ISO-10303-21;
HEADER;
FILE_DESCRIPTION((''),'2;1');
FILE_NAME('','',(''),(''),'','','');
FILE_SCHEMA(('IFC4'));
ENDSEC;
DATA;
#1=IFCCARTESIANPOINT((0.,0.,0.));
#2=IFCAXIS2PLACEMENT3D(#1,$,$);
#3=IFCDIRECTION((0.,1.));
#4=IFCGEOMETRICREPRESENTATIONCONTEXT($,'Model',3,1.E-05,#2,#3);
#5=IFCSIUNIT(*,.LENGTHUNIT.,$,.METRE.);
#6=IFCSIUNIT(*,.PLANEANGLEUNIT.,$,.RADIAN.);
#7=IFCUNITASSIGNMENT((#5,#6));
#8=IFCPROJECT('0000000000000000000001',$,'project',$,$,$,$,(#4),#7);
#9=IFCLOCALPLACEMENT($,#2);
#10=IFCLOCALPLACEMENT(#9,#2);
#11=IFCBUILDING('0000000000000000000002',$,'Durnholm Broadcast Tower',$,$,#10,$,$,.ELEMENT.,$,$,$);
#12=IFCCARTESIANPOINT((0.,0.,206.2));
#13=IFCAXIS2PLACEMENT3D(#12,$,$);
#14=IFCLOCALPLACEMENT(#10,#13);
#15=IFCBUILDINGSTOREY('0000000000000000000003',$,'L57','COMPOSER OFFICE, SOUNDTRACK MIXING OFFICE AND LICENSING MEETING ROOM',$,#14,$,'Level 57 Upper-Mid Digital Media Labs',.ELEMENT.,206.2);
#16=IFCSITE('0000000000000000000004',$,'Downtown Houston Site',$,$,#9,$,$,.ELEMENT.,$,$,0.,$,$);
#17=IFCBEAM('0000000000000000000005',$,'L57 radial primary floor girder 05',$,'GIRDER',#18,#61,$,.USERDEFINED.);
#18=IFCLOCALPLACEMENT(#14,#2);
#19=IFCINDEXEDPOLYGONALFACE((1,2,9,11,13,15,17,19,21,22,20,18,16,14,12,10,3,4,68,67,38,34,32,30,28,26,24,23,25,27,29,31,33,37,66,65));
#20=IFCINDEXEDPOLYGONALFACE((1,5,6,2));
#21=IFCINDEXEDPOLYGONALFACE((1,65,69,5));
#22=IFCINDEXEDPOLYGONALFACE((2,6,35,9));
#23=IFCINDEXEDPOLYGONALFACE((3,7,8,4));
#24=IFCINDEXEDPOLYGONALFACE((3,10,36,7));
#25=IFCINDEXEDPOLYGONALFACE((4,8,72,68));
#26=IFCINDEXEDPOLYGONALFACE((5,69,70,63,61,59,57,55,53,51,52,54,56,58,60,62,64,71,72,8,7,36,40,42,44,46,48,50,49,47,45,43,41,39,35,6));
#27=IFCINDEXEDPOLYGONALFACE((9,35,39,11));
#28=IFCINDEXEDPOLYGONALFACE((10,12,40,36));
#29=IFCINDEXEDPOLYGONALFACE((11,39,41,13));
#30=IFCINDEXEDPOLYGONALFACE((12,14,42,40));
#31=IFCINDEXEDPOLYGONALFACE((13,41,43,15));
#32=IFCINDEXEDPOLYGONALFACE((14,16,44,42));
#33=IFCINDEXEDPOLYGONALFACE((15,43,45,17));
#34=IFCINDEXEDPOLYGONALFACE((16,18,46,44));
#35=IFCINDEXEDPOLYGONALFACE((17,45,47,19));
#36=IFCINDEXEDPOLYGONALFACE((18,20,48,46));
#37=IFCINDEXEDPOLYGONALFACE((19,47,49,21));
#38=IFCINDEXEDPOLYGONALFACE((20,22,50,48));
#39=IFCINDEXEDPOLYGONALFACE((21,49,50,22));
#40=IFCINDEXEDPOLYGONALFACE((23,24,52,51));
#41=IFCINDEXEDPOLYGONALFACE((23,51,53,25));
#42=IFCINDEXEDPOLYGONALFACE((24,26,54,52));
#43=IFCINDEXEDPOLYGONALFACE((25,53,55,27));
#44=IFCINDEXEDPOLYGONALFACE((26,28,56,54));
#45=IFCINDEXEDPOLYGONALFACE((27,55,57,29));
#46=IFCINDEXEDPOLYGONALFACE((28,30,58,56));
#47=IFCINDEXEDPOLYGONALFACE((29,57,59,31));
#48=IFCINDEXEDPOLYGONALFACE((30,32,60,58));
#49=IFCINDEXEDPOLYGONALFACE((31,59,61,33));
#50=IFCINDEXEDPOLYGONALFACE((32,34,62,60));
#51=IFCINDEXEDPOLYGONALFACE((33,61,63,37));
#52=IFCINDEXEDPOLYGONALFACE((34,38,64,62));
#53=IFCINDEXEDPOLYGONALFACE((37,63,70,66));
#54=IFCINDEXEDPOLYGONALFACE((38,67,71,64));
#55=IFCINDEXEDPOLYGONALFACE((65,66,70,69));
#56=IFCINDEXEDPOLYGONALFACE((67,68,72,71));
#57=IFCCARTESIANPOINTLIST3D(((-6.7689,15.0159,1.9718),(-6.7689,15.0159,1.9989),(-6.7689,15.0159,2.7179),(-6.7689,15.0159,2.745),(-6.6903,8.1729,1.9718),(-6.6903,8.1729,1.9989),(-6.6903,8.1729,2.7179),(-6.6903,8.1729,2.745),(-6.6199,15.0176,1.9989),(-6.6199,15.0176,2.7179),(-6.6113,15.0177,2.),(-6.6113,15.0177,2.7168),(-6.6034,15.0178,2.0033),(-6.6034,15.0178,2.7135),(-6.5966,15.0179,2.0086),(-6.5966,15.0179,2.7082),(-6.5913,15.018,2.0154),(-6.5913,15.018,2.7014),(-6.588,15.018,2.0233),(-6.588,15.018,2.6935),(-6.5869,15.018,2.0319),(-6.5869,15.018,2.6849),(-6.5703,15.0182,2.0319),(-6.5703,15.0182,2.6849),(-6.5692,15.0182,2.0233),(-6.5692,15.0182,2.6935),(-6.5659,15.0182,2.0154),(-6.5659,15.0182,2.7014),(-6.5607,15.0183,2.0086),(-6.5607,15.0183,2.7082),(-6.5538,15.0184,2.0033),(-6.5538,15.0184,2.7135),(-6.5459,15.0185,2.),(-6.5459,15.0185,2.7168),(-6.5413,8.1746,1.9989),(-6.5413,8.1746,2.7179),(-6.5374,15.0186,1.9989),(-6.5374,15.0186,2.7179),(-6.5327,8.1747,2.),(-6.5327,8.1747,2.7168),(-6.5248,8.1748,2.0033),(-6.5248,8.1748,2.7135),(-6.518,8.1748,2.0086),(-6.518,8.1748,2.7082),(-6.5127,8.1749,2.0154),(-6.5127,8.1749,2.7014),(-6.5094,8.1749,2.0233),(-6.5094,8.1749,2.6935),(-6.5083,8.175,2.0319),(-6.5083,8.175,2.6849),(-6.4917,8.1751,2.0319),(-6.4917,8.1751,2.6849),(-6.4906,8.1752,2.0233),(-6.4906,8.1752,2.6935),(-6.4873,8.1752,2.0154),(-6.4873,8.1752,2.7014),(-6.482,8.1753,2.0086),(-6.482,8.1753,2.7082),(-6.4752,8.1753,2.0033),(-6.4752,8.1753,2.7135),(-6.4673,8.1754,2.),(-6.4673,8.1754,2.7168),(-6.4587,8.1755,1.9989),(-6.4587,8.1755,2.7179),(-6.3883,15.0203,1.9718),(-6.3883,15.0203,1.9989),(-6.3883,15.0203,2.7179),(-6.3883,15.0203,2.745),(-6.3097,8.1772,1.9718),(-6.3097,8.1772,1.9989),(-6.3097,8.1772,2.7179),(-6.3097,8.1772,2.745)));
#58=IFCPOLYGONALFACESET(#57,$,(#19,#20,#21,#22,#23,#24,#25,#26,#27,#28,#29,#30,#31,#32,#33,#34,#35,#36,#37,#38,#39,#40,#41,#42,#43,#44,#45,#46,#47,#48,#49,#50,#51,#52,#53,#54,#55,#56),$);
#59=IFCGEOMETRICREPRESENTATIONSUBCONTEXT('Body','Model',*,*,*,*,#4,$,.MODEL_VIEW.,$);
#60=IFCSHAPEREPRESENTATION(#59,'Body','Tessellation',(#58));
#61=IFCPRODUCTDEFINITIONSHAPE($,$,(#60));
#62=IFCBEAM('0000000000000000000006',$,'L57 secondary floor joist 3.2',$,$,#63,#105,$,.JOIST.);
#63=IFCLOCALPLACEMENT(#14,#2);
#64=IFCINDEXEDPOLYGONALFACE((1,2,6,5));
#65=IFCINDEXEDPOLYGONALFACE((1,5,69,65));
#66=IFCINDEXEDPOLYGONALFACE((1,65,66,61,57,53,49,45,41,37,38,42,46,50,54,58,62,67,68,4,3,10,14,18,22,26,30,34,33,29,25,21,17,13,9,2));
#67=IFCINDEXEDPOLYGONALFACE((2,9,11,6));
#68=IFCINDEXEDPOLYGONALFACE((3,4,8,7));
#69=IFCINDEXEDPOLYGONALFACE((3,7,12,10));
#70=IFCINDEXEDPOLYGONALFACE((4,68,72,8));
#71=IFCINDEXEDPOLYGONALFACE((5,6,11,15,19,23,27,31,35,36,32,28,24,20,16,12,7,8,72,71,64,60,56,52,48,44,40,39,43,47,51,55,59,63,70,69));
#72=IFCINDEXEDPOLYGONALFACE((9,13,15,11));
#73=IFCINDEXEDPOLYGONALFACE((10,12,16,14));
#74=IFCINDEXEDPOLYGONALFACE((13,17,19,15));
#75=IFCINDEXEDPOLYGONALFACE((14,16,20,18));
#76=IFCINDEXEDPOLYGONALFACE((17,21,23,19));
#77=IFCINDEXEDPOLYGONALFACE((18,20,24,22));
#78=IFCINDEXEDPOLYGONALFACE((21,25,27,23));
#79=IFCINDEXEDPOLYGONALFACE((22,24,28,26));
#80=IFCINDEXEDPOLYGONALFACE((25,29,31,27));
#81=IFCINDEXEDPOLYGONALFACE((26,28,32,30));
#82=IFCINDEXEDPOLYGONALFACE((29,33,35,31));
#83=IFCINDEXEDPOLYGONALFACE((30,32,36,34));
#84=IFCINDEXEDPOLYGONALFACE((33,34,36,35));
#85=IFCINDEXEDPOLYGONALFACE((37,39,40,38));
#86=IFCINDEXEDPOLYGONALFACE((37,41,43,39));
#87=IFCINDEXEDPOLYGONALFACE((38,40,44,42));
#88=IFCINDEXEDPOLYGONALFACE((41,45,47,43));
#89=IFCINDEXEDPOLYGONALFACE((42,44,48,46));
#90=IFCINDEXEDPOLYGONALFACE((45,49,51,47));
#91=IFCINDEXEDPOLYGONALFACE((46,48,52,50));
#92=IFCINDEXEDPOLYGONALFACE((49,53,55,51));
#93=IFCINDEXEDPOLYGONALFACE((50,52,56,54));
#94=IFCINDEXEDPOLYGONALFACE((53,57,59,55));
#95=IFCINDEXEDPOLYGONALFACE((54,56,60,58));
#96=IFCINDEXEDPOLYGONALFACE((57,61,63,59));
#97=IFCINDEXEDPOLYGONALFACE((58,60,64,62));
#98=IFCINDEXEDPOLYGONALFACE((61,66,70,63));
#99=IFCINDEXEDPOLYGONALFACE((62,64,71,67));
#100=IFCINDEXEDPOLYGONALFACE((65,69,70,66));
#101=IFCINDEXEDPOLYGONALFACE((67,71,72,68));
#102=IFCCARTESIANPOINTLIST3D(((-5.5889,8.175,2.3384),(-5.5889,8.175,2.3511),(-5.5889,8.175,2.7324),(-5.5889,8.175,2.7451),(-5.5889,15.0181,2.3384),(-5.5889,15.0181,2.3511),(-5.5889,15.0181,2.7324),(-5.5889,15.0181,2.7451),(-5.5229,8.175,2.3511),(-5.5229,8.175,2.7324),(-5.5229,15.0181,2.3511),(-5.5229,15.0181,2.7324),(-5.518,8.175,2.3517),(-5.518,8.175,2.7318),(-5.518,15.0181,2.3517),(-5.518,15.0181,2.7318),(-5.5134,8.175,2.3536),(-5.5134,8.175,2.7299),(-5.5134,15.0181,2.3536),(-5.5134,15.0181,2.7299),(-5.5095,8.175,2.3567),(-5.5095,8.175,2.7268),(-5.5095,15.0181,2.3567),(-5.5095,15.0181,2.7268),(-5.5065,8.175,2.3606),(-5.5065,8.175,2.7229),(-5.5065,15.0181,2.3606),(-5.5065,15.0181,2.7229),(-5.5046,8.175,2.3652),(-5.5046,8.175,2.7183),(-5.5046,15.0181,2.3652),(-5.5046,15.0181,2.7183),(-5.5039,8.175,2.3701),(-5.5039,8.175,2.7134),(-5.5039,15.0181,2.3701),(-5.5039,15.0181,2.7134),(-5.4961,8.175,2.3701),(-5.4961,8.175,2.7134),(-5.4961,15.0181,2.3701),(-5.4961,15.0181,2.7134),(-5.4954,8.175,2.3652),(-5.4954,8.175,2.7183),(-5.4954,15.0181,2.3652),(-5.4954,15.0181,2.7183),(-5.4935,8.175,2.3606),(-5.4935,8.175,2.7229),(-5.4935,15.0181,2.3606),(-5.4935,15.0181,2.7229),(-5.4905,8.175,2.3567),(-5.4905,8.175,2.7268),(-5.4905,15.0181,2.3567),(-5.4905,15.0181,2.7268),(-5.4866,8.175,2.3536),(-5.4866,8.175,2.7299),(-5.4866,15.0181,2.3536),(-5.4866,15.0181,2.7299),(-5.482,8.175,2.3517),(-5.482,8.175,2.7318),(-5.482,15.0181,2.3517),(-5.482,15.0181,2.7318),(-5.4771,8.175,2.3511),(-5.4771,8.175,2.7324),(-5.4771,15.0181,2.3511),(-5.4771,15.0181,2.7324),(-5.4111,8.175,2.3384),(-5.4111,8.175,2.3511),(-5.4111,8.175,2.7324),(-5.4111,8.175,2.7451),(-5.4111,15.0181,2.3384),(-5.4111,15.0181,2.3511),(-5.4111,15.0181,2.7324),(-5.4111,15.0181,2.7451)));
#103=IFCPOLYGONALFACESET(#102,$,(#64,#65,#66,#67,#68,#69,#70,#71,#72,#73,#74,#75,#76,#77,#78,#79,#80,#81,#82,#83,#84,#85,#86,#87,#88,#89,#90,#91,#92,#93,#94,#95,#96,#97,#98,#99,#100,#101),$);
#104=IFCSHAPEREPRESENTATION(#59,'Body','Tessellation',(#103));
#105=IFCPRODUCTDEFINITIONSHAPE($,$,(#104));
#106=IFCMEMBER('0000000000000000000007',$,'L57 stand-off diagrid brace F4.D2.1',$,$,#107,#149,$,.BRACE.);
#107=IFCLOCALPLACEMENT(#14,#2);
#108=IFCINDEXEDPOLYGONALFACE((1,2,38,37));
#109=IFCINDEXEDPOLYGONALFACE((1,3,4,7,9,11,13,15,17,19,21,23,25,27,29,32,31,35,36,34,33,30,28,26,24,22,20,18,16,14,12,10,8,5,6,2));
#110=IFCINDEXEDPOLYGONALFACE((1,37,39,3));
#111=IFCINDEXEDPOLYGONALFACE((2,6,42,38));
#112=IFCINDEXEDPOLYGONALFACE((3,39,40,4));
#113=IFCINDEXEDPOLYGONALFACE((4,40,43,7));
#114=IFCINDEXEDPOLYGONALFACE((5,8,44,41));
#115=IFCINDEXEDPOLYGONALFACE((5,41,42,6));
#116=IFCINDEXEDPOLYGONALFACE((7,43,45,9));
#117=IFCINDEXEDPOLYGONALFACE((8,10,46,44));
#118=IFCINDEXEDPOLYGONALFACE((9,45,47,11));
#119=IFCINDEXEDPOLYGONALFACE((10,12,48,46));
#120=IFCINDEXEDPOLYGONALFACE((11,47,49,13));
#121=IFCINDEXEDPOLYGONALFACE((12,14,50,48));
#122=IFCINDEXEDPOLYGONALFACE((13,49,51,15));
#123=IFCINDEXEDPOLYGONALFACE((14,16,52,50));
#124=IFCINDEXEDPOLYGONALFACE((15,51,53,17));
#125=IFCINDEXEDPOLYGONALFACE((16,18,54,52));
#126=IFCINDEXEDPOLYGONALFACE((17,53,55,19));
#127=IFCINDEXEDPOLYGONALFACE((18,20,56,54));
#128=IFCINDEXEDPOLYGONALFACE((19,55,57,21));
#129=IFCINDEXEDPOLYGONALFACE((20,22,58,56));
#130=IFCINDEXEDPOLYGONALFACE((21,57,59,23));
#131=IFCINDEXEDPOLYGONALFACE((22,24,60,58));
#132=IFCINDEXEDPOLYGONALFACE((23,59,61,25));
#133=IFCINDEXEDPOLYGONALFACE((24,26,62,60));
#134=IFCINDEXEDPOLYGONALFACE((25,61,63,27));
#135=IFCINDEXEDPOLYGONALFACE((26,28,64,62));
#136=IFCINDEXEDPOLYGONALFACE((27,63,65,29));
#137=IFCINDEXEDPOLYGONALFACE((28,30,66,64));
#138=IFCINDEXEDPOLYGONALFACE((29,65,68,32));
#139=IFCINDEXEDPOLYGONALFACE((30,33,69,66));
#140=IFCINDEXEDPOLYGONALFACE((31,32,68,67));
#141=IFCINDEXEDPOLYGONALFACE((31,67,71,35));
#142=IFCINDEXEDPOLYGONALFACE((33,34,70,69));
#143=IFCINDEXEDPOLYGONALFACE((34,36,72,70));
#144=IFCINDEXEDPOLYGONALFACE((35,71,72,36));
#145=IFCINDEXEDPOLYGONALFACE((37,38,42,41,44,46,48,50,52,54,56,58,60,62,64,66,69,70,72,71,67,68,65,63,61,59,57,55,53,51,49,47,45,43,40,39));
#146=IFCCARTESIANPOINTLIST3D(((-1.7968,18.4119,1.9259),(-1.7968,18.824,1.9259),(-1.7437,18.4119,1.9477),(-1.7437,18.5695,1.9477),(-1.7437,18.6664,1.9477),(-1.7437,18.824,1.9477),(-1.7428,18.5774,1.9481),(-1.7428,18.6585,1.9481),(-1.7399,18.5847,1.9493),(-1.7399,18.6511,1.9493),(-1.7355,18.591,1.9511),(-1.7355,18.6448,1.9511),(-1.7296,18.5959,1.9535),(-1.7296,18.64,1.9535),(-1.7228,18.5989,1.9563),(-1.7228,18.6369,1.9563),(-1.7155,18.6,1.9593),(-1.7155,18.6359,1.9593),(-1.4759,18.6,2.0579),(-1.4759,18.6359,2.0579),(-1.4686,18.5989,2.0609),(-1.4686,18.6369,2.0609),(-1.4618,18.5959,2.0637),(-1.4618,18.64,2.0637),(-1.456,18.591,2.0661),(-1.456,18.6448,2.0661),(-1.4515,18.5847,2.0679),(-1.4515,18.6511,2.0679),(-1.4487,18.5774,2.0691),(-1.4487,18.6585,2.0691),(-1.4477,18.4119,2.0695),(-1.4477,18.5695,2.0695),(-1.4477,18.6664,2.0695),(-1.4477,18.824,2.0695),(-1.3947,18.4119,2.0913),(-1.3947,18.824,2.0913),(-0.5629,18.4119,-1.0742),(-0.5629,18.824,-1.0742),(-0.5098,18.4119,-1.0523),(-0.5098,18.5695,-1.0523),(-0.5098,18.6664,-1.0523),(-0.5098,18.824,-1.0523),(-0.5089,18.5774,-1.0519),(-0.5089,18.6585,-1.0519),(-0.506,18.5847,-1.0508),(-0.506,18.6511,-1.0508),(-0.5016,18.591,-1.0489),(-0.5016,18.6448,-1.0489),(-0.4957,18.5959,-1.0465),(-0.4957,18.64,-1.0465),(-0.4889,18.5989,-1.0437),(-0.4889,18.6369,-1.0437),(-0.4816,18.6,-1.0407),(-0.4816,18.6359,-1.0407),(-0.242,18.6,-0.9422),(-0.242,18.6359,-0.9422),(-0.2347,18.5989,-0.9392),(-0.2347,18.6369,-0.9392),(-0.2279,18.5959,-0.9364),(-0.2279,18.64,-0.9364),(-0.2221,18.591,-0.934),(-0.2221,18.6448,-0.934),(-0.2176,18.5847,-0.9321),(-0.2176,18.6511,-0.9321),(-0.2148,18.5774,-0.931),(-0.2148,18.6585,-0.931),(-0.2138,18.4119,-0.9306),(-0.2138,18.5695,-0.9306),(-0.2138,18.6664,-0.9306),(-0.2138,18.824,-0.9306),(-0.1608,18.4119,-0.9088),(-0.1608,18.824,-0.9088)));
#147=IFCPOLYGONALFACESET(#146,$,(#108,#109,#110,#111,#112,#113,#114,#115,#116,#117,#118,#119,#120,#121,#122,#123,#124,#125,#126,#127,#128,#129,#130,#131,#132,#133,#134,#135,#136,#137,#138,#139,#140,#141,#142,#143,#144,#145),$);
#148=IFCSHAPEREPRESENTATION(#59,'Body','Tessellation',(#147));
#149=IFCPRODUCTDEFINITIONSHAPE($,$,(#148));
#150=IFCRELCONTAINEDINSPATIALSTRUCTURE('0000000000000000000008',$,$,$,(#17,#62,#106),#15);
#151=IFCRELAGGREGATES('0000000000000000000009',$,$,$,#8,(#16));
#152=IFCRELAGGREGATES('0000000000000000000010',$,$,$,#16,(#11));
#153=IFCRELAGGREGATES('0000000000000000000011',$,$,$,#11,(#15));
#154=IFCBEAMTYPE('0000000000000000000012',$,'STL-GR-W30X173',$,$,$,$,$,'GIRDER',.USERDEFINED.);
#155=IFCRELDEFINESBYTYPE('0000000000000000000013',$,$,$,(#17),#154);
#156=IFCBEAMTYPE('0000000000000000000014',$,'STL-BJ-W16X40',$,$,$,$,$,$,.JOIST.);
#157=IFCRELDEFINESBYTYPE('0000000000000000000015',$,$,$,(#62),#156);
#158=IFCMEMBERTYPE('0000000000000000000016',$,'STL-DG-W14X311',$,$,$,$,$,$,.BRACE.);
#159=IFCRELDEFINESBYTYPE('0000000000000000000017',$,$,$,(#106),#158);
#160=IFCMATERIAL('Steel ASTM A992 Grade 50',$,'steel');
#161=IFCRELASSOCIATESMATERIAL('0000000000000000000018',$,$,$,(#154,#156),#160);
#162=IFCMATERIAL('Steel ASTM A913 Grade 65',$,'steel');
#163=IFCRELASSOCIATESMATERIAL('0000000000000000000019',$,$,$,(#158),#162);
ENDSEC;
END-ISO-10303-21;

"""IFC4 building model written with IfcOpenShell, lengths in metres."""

from ifc_helpers import new_model, si_unit, direction, frame, origin, origin_2d, place, context, subcontext, project, spatial, i_section, extrude, source, transform, mapped, material, material_profile, profile_set, type_object, type_shapes, element, save


model = new_model("IFC4")

# Units and contexts
model_context = context("Model", 3, precision=1e-05, world=origin(), true_north=direction((0.0, 1.0)))
body_context = subcontext(model_context, "Body", "Model", "MODEL_VIEW")
ifc_project = project(units=[si_unit("LENGTHUNIT", "METRE"), si_unit("PLANEANGLEUNIT", "RADIAN")], contexts=[model_context])

# Site, building, storey
site_placement = place(None, origin())
site = spatial("IfcSite", under=ifc_project, at=site_placement, Name="Downtown Houston Site", CompositionType="ELEMENT", RefElevation=0.0)
building_placement = place(site_placement, origin())
building = spatial("IfcBuilding", under=site, at=building_placement, Name="Durnholm Broadcast Tower", CompositionType="ELEMENT")
storey_placement = place(building_placement, frame((0.0, 0.0, 206.2)))
storey = spatial("IfcBuildingStorey", under=building, at=storey_placement, Name="L57", Description="COMPOSER OFFICE, SOUNDTRACK MIXING OFFICE AND LICENSING MEETING ROOM", LongName="Level 57 Upper-Mid Digital Media Labs", CompositionType="ELEMENT", Elevation=206.2)

# Beams
ifc_material_1 = material(Name="Steel ASTM A992 Grade 50", Category="steel")
ifc_material_profile_1 = material_profile(ifc_material_1, i_section(OverallWidth=0.3806, OverallDepth=0.7732, WebThickness=0.0166, FlangeThickness=0.0271, FilletRadius=0.033, at=origin_2d()), Name="W30X173")
ifc_profile_set_1 = profile_set([ifc_material_profile_1], Name="Steel ASTM A992 Grade 50")
beam_type_1 = type_object("IfcBeamType", Name="STL-GR-W30X173", ElementType="GIRDER", PredefinedType="USERDEFINED", material=ifc_profile_set_1)
shared_shape_1 = source(origin(), body_context, "Body", "SweptSolid", [
    extrude(i_section(OverallWidth=0.3806, OverallDepth=0.7732, WebThickness=0.0166, FlangeThickness=0.0271, FilletRadius=0.033, at=origin_2d()), origin(), (0.0, 0.0, 1.0), 6.8435),
])
beam_1_placement = place(storey_placement, frame((-6.5, 8.175, 2.3584), z_axis=(-0.011487, 0.999934, 0.0), x_axis=(-0.999934, -0.011487, 0.0)))
element("IfcBeam", 1, at=beam_1_placement, inside=storey, type_object=beam_type_1, Name="L57 radial primary floor girder 05", ObjectType="GIRDER", PredefinedType="USERDEFINED", context=body_context, shape_type="MappedRepresentation", body=[
    mapped(shared_shape_1, transform((0.0, 0.0, 0.0), x_axis=(1.0, 0.0, 0.0), y_axis=(0.0, 1.0, 0.0), z_axis=(0.0, 0.0, 1.0), scale=1.0)),
])
ifc_material_profile_2 = material_profile(ifc_material_1, i_section(OverallWidth=0.1777, OverallDepth=0.4067, WebThickness=0.0078, FlangeThickness=0.0127, FilletRadius=0.019, at=origin_2d()), Name="W16X40")
ifc_profile_set_2 = profile_set([ifc_material_profile_2], Name="Steel ASTM A992 Grade 50")
beam_type_2 = type_object("IfcBeamType", Name="STL-BJ-W16X40", PredefinedType="JOIST", material=ifc_profile_set_2)
shared_shape_2 = source(origin(), body_context, "Body", "SweptSolid", [
    extrude(i_section(OverallWidth=0.1777, OverallDepth=0.4067, WebThickness=0.0078, FlangeThickness=0.0127, FilletRadius=0.019, at=origin_2d()), origin(), (0.0, 0.0, 1.0), 6.843),
])
type_shapes(beam_type_2, [shared_shape_2])
beam_2_placement = place(storey_placement, frame((-5.5, 8.175, 2.5417), z_axis=(0.0, 1.0, 0.0), x_axis=(-1.0, 0.0, 0.0)))
element("IfcBeam", 2, at=beam_2_placement, inside=storey, type_object=beam_type_2, Name="L57 secondary floor joist 3.2", PredefinedType="JOIST", context=body_context, shape_type="MappedRepresentation", body=[
    mapped(shared_shape_2, transform((0.0, 0.0, 0.0), x_axis=(1.0, 0.0, 0.0), y_axis=(0.0, 1.0, 0.0), z_axis=(0.0, 0.0, 1.0), scale=1.0)),
])

# Member
ifc_material_2 = material(Name="Steel ASTM A913 Grade 65", Category="steel")
ifc_material_profile_3 = material_profile(ifc_material_2, i_section(OverallWidth=0.4121, OverallDepth=0.4348, WebThickness=0.0359, FlangeThickness=0.0574, FilletRadius=0.0305, at=origin_2d()), Name="W14X311")
ifc_profile_set_3 = profile_set([ifc_material_profile_3], Name="Steel ASTM A913 Grade 65")
member_type = type_object("IfcMemberType", Name="STL-DG-W14X311", PredefinedType="BRACE", material=ifc_profile_set_3)
shared_shape_3 = source(origin(), body_context, "Body", "SweptSolid", [
    extrude(i_section(OverallWidth=0.4121, OverallDepth=0.4348, WebThickness=0.0359, FlangeThickness=0.0574, FilletRadius=0.0305, at=origin_2d()), origin(), (0.0, 0.0, 1.0), 3.2439),
])
type_shapes(member_type, [shared_shape_3])
for number, where, z_axis, x_axis, name in (
    (3, (-0.3618, 18.6179, -0.9915), (-0.380379, 0.0, 0.924831), (0.0, -1.0, 0.0), "L57 stand-off diagrid brace F4.D2.1"),
):
    element("IfcMember", number, at=place(storey_placement, frame(where, z_axis=z_axis, x_axis=x_axis)), inside=storey, type_object=member_type, Name=name, PredefinedType="BRACE", context=body_context, shape_type="MappedRepresentation", body=[
        mapped(shared_shape_3, transform((0.0, 0.0, 0.0), x_axis=(1.0, 0.0, 0.0), y_axis=(0.0, 1.0, 0.0), z_axis=(0.0, 0.0, 1.0), scale=1.0)),
    ])

save(model, "model.ifc")
